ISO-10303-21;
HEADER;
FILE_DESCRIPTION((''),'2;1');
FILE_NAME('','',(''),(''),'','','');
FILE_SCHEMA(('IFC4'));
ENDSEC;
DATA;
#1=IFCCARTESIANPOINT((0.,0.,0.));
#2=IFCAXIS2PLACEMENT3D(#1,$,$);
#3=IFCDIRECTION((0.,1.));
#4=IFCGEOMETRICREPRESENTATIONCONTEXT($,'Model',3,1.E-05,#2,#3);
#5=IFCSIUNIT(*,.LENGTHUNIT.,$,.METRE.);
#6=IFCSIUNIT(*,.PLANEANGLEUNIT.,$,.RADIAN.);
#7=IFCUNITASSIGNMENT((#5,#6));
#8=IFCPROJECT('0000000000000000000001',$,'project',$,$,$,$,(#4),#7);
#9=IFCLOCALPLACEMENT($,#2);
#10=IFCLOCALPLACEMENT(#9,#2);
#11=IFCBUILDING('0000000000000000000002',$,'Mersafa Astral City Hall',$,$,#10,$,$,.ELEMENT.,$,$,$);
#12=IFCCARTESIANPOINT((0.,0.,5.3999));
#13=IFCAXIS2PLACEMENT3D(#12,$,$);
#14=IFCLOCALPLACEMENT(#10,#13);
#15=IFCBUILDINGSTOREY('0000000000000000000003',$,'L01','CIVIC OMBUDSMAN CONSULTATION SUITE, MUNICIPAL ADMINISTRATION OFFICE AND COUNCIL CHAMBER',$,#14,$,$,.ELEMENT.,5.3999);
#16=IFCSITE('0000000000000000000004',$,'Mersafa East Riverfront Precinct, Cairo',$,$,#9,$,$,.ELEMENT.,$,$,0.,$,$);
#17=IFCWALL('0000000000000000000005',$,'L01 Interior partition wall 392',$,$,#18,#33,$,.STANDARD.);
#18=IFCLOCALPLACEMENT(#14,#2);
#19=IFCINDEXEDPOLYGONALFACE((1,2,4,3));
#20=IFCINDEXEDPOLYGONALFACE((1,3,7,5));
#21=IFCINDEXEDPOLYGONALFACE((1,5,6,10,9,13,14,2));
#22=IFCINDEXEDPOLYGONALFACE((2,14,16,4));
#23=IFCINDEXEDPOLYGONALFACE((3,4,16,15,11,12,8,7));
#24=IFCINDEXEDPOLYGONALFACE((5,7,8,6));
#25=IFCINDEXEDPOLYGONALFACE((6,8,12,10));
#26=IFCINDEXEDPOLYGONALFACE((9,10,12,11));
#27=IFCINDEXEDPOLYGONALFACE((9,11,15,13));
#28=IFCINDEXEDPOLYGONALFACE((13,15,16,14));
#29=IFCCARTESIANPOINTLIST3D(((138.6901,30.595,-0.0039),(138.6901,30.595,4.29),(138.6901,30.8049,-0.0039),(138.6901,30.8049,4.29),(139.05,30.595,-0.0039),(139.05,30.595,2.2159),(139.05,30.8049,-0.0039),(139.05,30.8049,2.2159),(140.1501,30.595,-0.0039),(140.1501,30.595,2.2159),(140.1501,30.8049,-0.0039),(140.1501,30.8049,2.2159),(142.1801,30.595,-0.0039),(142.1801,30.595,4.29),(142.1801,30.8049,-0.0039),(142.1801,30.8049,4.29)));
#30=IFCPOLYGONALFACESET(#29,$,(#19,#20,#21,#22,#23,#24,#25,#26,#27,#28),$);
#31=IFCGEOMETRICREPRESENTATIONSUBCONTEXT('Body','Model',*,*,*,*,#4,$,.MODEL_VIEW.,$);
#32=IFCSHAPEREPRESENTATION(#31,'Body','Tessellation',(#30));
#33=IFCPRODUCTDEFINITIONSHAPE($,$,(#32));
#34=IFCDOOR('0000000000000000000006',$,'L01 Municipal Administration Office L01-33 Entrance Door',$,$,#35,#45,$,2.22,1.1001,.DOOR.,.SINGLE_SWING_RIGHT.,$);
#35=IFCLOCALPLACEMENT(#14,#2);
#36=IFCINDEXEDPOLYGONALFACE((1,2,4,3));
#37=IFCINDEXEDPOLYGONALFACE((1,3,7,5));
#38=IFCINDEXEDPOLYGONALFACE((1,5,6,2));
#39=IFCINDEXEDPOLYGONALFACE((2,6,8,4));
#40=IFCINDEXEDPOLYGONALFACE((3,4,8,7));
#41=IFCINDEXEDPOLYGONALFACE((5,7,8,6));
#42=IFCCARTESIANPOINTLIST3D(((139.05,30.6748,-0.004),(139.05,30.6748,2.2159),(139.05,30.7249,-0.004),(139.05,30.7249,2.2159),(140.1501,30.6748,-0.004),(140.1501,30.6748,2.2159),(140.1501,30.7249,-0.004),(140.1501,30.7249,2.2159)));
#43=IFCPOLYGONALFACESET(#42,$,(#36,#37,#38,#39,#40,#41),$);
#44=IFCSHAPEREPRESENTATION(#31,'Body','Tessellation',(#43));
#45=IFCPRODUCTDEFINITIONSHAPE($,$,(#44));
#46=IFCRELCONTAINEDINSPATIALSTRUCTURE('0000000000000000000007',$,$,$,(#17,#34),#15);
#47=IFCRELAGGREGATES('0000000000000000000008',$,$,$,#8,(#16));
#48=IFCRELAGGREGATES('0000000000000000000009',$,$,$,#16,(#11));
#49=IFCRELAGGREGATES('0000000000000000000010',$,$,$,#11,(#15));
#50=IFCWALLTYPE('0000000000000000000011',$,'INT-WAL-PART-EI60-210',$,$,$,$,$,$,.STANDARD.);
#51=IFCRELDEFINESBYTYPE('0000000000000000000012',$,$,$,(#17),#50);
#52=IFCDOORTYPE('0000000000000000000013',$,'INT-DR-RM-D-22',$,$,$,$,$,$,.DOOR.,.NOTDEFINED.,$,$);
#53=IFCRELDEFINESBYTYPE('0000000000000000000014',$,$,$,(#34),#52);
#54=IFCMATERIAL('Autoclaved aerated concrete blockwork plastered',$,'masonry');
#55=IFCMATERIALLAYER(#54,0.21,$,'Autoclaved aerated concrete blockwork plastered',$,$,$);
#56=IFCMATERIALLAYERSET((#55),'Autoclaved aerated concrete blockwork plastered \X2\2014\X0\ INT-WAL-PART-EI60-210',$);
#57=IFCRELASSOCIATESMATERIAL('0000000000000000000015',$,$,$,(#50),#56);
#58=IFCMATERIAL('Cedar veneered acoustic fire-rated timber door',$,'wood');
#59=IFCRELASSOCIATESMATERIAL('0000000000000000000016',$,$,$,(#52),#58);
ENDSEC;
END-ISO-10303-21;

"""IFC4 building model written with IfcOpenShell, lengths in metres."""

from ifc_helpers import new_model, si_unit, direction, frame, frame_2d, origin, place, context, subcontext, project, spatial, rectangle, extrude, material, layer, layer_set, type_object, element, fill, save


model = new_model("IFC4")

# Units and contexts
model_context = context("Model", 3, precision=1e-05, world=origin(), true_north=direction((0.0, 1.0)))
body_context = subcontext(model_context, "Body", "Model", "MODEL_VIEW")
ifc_project = project(units=[si_unit("LENGTHUNIT", "METRE"), si_unit("PLANEANGLEUNIT", "RADIAN")], contexts=[model_context])

# Site, building, storey
site_placement = place(None, origin())
site = spatial("IfcSite", under=ifc_project, at=site_placement, Name="Mersafa East Riverfront Precinct, Cairo", CompositionType="ELEMENT", RefElevation=0.0)
building_placement = place(site_placement, origin())
building = spatial("IfcBuilding", under=site, at=building_placement, Name="Mersafa Astral City Hall", CompositionType="ELEMENT")
storey_placement = place(building_placement, frame((0.0, 0.0, 5.3999)))
storey = spatial("IfcBuildingStorey", under=building, at=storey_placement, Name="L01", Description="CIVIC OMBUDSMAN CONSULTATION SUITE, MUNICIPAL ADMINISTRATION OFFICE AND COUNCIL CHAMBER", CompositionType="ELEMENT", Elevation=5.3999)

# Wall, opening, door
ifc_material_1 = material(Name="Autoclaved aerated concrete blockwork plastered", Category="masonry")
ifc_layer_1 = layer(ifc_material_1, 0.21, Name="Autoclaved aerated concrete blockwork plastered")
ifc_layer_set_1 = layer_set([ifc_layer_1], Name="Autoclaved aerated concrete blockwork plastered — INT-WAL-PART-EI60-210")
wall_type_1 = type_object("IfcWallType", Name="INT-WAL-PART-EI60-210", PredefinedType="STANDARD", material=ifc_layer_set_1)
ifc_material_2 = material(Name="Cedar veneered acoustic fire-rated timber door", Category="wood")
wall_1_placement = place(storey_placement, frame((138.6899, 30.7, -0.0039), z_axis=(0.0, 0.0, 1.0), x_axis=(1.0, 0.0, 0.0)))
wall_1 = element("IfcWall", 1, at=wall_1_placement, inside=storey, type_object=wall_type_1, Name="L01 Interior partition wall 392", PredefinedType="STANDARD", context=body_context, shape_type="SweptSolid", body=[
    extrude(rectangle(XDim=3.49, YDim=0.21, at=frame_2d((1.7451, 0.0))), origin(), (0.0, 0.0, 1.0), 4.2939),
])
opening_1_placement = place(wall_1_placement, frame((0.3601, 0.0, 0.0)))
opening_1 = element("IfcOpeningElement", 2, at=opening_1_placement, cuts=wall_1, PredefinedType="OPENING", context=body_context, shape_type="SweptSolid", body=[
    extrude(rectangle(XDim=1.1001, YDim=2.22, at=frame_2d((0.55, 1.1099))), frame((0.0, 0.115, 0.0), z_axis=(0.0, -1.0, 0.0), x_axis=(1.0, 0.0, 0.0)), (0.0, 0.0, 1.0), 0.23),
])
door_type_1 = type_object("IfcDoorType", Name="INT-DR-RM-D-22", OperationType="NOTDEFINED", PredefinedType="DOOR", material=ifc_material_2)
door_1_placement = place(opening_1_placement, origin())
door_1 = element("IfcDoor", 3, at=door_1_placement, inside=storey, type_object=door_type_1, Name="L01 Municipal Administration Office L01-33 Entrance Door", OperationType="SINGLE_SWING_RIGHT", OverallHeight=2.22, OverallWidth=1.1001, PredefinedType="DOOR", context=body_context, shape_type="SweptSolid", body=[
    extrude(rectangle(XDim=1.1001, YDim=2.22, at=frame_2d((0.55, 1.1099))), frame((0.0, 0.0249, 0.0), z_axis=(0.0, -1.0, 0.0), x_axis=(1.0, 0.0, 0.0)), (0.0, 0.0, 1.0), 0.05),
])
fill(opening_1, door_1)

save(model, "model.ifc")
